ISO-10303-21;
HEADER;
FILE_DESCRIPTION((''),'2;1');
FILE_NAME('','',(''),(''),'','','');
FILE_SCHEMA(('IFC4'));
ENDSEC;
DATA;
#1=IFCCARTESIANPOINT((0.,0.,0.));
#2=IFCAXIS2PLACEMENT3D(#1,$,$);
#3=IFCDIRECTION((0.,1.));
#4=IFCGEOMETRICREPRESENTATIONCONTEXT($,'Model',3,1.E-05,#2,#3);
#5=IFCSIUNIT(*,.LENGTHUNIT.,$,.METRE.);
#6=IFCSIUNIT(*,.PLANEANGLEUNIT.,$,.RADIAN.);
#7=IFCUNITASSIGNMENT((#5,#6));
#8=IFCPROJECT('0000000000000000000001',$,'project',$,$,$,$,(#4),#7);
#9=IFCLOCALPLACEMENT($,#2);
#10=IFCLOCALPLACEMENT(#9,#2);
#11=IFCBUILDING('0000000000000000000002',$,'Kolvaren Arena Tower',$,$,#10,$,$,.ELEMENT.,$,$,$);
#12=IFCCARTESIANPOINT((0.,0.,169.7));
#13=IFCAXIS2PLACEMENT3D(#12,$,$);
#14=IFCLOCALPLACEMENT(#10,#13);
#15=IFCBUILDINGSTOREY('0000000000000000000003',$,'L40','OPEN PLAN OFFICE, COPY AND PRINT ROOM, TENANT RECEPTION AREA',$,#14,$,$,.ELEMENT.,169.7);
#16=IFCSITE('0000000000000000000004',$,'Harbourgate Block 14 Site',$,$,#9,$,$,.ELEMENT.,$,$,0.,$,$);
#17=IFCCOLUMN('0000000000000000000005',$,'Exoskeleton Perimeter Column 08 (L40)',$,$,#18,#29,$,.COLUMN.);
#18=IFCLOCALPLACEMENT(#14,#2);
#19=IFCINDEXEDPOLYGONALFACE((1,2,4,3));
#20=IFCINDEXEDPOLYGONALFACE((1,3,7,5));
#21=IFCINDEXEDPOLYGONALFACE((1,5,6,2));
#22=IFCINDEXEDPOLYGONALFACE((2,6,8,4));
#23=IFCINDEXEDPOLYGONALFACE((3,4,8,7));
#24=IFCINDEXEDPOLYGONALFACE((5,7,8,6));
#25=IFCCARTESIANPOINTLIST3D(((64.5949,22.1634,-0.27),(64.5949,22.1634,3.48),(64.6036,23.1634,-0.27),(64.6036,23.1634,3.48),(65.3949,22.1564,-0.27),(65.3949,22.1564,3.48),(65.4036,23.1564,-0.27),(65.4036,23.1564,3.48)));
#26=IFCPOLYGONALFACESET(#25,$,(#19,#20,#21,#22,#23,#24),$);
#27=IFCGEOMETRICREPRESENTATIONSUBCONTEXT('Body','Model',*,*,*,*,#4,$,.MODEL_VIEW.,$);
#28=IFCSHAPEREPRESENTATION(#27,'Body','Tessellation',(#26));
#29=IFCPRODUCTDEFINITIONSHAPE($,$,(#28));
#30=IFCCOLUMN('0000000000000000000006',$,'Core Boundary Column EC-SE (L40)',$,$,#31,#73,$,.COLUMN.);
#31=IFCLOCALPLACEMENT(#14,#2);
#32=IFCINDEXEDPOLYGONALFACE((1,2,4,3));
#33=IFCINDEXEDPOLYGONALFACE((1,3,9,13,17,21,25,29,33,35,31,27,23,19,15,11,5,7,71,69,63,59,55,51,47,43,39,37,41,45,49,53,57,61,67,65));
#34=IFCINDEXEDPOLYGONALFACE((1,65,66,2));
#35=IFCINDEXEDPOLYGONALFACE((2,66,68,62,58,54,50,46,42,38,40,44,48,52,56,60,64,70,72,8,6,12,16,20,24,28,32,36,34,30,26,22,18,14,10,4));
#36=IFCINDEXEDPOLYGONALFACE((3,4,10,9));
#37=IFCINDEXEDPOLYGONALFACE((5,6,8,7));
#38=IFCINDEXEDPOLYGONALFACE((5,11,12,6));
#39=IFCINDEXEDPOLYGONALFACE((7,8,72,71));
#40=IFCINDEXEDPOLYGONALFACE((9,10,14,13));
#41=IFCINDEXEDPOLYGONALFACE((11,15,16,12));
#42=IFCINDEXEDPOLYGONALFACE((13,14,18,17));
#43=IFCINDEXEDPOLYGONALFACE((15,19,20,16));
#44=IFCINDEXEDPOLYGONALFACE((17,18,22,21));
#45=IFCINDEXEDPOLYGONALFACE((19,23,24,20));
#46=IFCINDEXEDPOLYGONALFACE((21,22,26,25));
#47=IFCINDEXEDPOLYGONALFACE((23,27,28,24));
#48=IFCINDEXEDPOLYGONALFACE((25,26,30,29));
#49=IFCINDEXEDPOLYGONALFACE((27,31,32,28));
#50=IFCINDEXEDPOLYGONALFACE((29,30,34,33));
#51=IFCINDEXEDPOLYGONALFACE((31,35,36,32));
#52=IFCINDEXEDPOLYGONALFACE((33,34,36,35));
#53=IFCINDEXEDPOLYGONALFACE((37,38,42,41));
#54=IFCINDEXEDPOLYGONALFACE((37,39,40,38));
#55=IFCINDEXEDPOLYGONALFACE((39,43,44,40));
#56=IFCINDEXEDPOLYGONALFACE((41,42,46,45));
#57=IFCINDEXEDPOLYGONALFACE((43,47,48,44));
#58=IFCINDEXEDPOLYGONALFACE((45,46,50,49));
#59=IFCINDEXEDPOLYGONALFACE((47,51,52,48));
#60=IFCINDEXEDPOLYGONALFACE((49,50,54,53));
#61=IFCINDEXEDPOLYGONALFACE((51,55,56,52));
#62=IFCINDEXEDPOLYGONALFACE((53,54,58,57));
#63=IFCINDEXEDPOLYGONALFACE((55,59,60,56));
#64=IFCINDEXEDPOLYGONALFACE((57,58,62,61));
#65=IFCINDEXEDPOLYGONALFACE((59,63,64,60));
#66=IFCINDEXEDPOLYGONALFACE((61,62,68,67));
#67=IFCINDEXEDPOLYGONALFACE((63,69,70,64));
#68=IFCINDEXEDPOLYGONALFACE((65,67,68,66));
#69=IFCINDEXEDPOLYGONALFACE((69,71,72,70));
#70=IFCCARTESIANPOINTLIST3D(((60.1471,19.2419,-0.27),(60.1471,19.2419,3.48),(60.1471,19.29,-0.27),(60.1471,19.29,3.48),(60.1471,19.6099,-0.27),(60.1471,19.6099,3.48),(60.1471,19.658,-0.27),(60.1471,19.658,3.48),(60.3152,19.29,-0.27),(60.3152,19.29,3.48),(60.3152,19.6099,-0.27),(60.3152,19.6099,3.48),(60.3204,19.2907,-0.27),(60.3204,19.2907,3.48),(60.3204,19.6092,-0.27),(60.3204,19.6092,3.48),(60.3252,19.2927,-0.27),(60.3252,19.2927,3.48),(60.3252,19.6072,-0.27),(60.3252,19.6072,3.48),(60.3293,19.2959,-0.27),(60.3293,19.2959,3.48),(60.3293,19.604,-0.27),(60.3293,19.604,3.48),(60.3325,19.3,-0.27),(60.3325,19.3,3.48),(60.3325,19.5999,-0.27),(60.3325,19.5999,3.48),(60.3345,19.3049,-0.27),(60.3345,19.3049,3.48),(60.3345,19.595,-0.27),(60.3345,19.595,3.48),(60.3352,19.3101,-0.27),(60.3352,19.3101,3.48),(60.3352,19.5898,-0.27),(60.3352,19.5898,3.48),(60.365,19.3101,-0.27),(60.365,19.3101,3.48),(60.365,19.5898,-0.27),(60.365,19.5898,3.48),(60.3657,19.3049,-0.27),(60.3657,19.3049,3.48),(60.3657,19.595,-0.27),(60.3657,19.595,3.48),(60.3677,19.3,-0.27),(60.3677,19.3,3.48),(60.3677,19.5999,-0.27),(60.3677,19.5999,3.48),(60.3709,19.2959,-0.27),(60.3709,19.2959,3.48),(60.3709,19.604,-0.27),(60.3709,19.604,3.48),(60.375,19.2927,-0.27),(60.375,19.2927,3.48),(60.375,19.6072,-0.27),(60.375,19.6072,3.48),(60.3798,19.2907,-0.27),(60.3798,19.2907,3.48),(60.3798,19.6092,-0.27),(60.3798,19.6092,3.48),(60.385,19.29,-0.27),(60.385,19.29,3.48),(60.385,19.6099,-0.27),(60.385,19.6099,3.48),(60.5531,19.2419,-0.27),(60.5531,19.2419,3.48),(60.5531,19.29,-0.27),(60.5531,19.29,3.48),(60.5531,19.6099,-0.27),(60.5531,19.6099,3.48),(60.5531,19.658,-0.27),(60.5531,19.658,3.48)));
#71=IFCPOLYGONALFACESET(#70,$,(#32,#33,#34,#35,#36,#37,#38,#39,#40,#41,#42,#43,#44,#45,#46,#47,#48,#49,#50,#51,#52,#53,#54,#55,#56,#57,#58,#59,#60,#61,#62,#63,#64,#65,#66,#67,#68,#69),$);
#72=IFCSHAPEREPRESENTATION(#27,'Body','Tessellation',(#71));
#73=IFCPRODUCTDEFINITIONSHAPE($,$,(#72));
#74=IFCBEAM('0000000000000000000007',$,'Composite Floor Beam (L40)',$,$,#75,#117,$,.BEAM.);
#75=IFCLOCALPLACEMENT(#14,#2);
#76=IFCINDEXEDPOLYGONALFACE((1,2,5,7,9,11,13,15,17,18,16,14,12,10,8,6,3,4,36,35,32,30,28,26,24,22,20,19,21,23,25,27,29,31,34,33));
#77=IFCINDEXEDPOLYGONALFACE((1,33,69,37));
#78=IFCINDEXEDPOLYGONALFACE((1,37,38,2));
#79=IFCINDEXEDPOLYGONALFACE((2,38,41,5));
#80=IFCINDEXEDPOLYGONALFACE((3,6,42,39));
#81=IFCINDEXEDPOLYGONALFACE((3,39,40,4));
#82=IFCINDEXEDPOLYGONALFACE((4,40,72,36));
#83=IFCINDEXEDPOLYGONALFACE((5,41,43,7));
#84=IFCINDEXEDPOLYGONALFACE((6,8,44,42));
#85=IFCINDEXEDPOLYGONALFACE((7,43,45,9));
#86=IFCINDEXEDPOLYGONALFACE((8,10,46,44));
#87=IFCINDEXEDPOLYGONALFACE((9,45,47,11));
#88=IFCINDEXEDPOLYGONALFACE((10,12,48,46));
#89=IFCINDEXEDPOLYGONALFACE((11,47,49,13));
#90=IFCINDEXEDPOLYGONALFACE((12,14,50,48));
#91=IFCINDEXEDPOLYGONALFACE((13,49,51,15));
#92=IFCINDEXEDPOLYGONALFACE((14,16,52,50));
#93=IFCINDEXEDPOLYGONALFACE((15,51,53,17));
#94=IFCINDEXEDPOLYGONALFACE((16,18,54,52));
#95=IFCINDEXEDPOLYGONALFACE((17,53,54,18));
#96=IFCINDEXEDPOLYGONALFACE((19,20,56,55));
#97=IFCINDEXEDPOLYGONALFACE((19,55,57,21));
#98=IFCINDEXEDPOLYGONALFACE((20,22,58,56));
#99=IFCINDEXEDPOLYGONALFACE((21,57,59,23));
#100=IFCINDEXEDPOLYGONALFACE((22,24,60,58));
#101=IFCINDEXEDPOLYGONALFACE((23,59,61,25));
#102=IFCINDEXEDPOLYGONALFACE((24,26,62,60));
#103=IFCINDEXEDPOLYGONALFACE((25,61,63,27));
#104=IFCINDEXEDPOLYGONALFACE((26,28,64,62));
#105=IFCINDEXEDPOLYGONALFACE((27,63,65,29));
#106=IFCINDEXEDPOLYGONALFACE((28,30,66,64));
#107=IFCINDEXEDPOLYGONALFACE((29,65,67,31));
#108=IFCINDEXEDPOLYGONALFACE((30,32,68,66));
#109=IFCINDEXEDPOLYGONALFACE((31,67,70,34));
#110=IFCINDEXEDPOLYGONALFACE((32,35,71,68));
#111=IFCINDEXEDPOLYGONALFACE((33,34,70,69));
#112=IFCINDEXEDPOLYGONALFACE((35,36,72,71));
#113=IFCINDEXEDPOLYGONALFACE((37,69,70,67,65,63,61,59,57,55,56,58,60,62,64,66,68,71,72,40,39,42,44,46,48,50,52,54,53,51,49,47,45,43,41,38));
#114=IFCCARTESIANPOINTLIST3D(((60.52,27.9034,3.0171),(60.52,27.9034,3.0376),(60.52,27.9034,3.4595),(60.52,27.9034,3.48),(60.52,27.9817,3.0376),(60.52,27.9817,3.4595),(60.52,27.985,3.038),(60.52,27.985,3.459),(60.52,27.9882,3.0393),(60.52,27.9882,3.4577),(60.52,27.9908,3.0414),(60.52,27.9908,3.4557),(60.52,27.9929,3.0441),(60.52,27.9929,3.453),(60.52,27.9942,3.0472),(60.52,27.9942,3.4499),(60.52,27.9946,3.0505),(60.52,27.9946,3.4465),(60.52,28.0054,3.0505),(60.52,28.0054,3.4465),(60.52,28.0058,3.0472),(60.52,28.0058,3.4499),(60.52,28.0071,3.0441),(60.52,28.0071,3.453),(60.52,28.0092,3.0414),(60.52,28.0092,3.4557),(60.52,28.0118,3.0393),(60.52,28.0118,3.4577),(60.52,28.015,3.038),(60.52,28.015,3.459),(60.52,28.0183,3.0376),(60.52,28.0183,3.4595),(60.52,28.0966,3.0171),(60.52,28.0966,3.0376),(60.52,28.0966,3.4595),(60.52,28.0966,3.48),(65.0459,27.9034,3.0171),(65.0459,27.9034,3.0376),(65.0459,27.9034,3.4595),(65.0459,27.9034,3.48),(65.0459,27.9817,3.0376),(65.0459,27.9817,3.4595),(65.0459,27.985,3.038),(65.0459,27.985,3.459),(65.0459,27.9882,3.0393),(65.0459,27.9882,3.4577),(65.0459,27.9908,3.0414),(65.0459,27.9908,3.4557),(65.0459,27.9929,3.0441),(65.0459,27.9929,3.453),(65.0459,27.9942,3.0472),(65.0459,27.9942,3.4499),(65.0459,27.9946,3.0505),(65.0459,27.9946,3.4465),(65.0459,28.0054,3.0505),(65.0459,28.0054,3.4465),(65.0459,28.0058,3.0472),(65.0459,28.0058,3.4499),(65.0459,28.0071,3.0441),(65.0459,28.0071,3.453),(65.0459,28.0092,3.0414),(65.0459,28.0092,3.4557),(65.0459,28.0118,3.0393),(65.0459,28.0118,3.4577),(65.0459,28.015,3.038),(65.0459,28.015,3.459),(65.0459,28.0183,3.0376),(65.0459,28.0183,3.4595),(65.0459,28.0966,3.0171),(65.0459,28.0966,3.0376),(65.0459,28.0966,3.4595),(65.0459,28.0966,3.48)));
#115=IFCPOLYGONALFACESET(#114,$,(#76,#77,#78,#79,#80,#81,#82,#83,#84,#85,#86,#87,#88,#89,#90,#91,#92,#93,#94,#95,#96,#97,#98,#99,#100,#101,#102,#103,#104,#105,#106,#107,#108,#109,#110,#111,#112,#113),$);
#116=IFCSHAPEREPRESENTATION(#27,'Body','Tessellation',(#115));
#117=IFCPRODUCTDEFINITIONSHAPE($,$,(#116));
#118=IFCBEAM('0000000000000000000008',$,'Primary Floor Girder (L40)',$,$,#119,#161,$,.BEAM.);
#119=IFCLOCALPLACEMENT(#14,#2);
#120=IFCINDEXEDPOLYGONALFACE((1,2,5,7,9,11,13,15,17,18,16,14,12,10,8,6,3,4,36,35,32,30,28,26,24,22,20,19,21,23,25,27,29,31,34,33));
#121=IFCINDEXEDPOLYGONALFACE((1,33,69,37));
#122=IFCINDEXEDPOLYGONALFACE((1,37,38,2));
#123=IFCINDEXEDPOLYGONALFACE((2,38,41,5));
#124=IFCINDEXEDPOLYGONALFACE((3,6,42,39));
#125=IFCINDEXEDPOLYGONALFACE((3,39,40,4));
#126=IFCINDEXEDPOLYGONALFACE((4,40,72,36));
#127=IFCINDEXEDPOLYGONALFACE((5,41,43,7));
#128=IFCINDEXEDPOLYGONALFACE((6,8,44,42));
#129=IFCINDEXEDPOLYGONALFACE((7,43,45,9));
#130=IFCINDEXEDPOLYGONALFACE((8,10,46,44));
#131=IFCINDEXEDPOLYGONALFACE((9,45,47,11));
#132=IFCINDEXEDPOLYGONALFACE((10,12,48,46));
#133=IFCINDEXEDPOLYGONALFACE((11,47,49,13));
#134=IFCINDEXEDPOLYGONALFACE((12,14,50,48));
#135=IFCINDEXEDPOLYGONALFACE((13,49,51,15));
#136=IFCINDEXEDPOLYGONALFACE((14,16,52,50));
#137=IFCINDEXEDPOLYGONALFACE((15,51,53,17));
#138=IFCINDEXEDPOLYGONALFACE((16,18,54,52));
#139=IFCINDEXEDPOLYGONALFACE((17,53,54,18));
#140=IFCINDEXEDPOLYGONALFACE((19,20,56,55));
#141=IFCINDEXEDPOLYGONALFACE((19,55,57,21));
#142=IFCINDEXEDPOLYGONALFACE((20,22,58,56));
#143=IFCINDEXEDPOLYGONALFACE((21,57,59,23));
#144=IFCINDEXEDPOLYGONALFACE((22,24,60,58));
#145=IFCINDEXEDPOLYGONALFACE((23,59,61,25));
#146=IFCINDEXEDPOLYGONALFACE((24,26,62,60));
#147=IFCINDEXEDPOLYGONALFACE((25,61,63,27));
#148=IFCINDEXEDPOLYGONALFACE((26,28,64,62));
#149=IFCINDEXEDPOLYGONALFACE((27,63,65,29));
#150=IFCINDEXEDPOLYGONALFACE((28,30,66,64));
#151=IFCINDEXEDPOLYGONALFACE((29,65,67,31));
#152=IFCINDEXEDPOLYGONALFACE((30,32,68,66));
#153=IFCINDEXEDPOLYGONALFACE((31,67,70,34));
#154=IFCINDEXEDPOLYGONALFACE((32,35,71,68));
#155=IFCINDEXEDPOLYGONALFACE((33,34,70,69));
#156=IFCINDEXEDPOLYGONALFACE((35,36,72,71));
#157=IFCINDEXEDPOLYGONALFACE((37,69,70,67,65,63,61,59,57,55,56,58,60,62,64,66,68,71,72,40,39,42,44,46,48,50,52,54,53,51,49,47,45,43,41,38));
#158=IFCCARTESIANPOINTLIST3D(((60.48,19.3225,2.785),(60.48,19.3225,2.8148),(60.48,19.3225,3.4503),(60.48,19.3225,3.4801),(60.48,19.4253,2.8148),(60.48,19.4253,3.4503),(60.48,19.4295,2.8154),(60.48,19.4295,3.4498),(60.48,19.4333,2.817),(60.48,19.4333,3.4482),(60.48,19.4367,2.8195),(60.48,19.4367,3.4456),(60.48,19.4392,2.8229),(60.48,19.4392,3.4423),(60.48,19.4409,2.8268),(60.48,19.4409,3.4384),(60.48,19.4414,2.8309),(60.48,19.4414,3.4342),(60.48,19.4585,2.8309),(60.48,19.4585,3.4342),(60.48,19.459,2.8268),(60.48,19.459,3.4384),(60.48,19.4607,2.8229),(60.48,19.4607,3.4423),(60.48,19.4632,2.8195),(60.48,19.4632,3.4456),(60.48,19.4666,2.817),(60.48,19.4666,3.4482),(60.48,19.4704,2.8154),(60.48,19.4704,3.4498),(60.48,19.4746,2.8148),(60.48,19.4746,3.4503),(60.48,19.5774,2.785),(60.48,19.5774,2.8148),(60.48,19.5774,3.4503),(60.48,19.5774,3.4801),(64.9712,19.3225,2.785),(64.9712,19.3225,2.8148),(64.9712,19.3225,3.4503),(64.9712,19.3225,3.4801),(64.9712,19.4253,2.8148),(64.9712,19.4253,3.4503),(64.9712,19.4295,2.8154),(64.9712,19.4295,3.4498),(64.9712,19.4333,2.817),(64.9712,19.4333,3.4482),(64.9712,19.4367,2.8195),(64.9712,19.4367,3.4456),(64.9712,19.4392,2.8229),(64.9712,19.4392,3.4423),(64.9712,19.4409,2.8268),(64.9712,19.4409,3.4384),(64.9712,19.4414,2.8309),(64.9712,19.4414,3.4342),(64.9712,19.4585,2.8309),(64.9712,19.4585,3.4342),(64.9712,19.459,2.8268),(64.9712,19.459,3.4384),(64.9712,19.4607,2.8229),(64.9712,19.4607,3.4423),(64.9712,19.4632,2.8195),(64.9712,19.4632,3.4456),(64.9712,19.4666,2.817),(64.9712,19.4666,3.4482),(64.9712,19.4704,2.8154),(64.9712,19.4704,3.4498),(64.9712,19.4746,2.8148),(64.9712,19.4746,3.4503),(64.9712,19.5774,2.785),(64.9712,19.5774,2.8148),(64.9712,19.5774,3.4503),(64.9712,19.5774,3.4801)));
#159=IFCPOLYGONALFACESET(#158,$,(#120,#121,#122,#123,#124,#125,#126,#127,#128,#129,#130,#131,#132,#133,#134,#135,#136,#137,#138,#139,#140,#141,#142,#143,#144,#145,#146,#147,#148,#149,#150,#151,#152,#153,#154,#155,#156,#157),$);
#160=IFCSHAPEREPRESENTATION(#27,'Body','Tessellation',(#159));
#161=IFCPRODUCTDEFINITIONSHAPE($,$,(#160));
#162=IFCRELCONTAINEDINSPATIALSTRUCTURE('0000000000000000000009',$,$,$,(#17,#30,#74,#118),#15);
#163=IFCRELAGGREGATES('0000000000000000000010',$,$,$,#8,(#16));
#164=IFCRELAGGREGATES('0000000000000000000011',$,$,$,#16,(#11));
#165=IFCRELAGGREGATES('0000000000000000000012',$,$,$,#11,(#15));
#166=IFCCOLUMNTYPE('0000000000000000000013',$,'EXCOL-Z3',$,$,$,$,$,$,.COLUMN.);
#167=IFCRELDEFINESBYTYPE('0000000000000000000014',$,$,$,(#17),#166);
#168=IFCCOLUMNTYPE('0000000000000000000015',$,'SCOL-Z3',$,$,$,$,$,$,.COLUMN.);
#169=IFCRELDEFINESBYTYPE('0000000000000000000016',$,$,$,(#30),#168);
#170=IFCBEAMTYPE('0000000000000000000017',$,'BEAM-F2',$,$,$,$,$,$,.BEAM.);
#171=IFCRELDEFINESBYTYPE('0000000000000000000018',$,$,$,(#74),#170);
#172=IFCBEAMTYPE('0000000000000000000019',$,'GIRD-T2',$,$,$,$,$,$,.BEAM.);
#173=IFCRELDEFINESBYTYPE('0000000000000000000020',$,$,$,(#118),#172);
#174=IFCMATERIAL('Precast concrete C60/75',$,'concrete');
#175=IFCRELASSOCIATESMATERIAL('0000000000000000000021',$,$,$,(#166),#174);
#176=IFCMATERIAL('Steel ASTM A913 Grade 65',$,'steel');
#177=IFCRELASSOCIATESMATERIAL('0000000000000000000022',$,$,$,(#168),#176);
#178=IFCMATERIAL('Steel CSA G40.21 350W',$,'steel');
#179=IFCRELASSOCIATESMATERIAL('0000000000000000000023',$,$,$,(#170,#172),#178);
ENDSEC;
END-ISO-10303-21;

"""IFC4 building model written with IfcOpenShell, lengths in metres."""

from ifc_helpers import new_model, si_unit, direction, frame, origin, origin_2d, place, context, subcontext, project, spatial, rectangle, i_section, extrude, material, material_profile, profile_set, type_object, element, save


model = new_model("IFC4")

# Units and contexts
model_context = context("Model", 3, precision=1e-05, world=origin(), true_north=direction((0.0, 1.0)))
body_context = subcontext(model_context, "Body", "Model", "MODEL_VIEW")
ifc_project = project(units=[si_unit("LENGTHUNIT", "METRE"), si_unit("PLANEANGLEUNIT", "RADIAN")], contexts=[model_context])

# Site, building, storey
site_placement = place(None, origin())
site = spatial("IfcSite", under=ifc_project, at=site_placement, Name="Harbourgate Block 14 Site", CompositionType="ELEMENT", RefElevation=0.0)
building_placement = place(site_placement, origin())
building = spatial("IfcBuilding", under=site, at=building_placement, Name="Kolvaren Arena Tower", CompositionType="ELEMENT")
storey_placement = place(building_placement, frame((0.0, 0.0, 169.7)))
storey = spatial("IfcBuildingStorey", under=building, at=storey_placement, Name="L40", Description="OPEN PLAN OFFICE, COPY AND PRINT ROOM, TENANT RECEPTION AREA", CompositionType="ELEMENT", Elevation=169.7)

# Columns
ifc_material_1 = material(Name="Precast concrete C60/75", Category="concrete")
ifc_material_profile_1 = material_profile(ifc_material_1, rectangle(XDim=1.0, YDim=0.8, at=origin_2d()), Name="RC-1000x800")
ifc_profile_set_1 = profile_set([ifc_material_profile_1], Name="Precast concrete C60/75")
column_type_1 = type_object("IfcColumnType", Name="EXCOL-Z3", PredefinedType="COLUMN", material=ifc_profile_set_1)
column_1_placement = place(storey_placement, frame((64.9993, 22.6599, -0.27), z_axis=(0.0, 0.0, 1.0), x_axis=(0.008727, 0.999962, 0.0)))
element("IfcColumn", 1, at=column_1_placement, inside=storey, type_object=column_type_1, Name="Exoskeleton Perimeter Column 08 (L40)", PredefinedType="COLUMN", context=body_context, shape_type="SweptSolid", body=[
    extrude(rectangle(XDim=1.0, YDim=0.8, at=origin_2d()), origin(), (0.0, 0.0, 1.0), 3.75),
])
ifc_material_2 = material(Name="Steel ASTM A913 Grade 65", Category="steel")
ifc_material_profile_2 = material_profile(ifc_material_2, i_section(OverallWidth=0.406, OverallDepth=0.416, WebThickness=0.0298, FlangeThickness=0.0481, FilletRadius=0.02, at=origin_2d()), Name="W360x382")
ifc_profile_set_2 = profile_set([ifc_material_profile_2], Name="Steel ASTM A913 Grade 65")
column_type_2 = type_object("IfcColumnType", Name="SCOL-Z3", PredefinedType="COLUMN", material=ifc_profile_set_2)
column_2_placement = place(storey_placement, frame((60.3501, 19.45, -0.27), z_axis=(0.0, 0.0, 1.0), x_axis=(1.0, 0.0, 0.0)))
element("IfcColumn", 2, at=column_2_placement, inside=storey, type_object=column_type_2, Name="Core Boundary Column EC-SE (L40)", PredefinedType="COLUMN", context=body_context, shape_type="SweptSolid", body=[
    extrude(i_section(OverallWidth=0.406, OverallDepth=0.416, WebThickness=0.0298, FlangeThickness=0.0481, FilletRadius=0.02, at=origin_2d()), origin(), (0.0, 0.0, 1.0), 3.75),
])

# Beams
ifc_material_3 = material(Name="Steel CSA G40.21 350W", Category="steel")
ifc_material_profile_3 = material_profile(ifc_material_3, i_section(OverallWidth=0.1931, OverallDepth=0.4629, WebThickness=0.0107, FlangeThickness=0.0205, FilletRadius=0.0129, at=origin_2d()), Name="W460x113")
ifc_profile_set_3 = profile_set([ifc_material_profile_3], Name="Steel CSA G40.21 350W")
beam_type_1 = type_object("IfcBeamType", Name="BEAM-F2", PredefinedType="BEAM", material=ifc_profile_set_3)
beam_1_placement = place(storey_placement, frame((60.52, 28.0, 3.2485), z_axis=(1.0, 0.0, 0.0), x_axis=(0.0, 1.0, 0.0)))
element("IfcBeam", 3, at=beam_1_placement, inside=storey, type_object=beam_type_1, Name="Composite Floor Beam (L40)", PredefinedType="BEAM", context=body_context, shape_type="SweptSolid", body=[
    extrude(i_section(OverallWidth=0.1931, OverallDepth=0.4629, WebThickness=0.0107, FlangeThickness=0.0205, FilletRadius=0.0129, at=origin_2d()), origin(), (0.0, 0.0, 1.0), 4.5259),
])
ifc_material_profile_4 = material_profile(ifc_material_3, i_section(OverallWidth=0.2549, OverallDepth=0.6951, WebThickness=0.0171, FlangeThickness=0.0298, FilletRadius=0.0161, at=origin_2d()), Name="W690x217")
ifc_profile_set_4 = profile_set([ifc_material_profile_4], Name="Steel CSA G40.21 350W")
beam_type_2 = type_object("IfcBeamType", Name="GIRD-T2", PredefinedType="BEAM", material=ifc_profile_set_4)
beam_2_placement = place(storey_placement, frame((60.48, 19.45, 3.1326), z_axis=(1.0, 0.0, 0.0), x_axis=(0.0, 1.0, 0.0)))
element("IfcBeam", 4, at=beam_2_placement, inside=storey, type_object=beam_type_2, Name="Primary Floor Girder (L40)", PredefinedType="BEAM", context=body_context, shape_type="SweptSolid", body=[
    extrude(i_section(OverallWidth=0.2549, OverallDepth=0.6951, WebThickness=0.0171, FlangeThickness=0.0298, FilletRadius=0.0161, at=origin_2d()), origin(), (0.0, 0.0, 1.0), 4.4912),
])

save(model, "model.ifc")
